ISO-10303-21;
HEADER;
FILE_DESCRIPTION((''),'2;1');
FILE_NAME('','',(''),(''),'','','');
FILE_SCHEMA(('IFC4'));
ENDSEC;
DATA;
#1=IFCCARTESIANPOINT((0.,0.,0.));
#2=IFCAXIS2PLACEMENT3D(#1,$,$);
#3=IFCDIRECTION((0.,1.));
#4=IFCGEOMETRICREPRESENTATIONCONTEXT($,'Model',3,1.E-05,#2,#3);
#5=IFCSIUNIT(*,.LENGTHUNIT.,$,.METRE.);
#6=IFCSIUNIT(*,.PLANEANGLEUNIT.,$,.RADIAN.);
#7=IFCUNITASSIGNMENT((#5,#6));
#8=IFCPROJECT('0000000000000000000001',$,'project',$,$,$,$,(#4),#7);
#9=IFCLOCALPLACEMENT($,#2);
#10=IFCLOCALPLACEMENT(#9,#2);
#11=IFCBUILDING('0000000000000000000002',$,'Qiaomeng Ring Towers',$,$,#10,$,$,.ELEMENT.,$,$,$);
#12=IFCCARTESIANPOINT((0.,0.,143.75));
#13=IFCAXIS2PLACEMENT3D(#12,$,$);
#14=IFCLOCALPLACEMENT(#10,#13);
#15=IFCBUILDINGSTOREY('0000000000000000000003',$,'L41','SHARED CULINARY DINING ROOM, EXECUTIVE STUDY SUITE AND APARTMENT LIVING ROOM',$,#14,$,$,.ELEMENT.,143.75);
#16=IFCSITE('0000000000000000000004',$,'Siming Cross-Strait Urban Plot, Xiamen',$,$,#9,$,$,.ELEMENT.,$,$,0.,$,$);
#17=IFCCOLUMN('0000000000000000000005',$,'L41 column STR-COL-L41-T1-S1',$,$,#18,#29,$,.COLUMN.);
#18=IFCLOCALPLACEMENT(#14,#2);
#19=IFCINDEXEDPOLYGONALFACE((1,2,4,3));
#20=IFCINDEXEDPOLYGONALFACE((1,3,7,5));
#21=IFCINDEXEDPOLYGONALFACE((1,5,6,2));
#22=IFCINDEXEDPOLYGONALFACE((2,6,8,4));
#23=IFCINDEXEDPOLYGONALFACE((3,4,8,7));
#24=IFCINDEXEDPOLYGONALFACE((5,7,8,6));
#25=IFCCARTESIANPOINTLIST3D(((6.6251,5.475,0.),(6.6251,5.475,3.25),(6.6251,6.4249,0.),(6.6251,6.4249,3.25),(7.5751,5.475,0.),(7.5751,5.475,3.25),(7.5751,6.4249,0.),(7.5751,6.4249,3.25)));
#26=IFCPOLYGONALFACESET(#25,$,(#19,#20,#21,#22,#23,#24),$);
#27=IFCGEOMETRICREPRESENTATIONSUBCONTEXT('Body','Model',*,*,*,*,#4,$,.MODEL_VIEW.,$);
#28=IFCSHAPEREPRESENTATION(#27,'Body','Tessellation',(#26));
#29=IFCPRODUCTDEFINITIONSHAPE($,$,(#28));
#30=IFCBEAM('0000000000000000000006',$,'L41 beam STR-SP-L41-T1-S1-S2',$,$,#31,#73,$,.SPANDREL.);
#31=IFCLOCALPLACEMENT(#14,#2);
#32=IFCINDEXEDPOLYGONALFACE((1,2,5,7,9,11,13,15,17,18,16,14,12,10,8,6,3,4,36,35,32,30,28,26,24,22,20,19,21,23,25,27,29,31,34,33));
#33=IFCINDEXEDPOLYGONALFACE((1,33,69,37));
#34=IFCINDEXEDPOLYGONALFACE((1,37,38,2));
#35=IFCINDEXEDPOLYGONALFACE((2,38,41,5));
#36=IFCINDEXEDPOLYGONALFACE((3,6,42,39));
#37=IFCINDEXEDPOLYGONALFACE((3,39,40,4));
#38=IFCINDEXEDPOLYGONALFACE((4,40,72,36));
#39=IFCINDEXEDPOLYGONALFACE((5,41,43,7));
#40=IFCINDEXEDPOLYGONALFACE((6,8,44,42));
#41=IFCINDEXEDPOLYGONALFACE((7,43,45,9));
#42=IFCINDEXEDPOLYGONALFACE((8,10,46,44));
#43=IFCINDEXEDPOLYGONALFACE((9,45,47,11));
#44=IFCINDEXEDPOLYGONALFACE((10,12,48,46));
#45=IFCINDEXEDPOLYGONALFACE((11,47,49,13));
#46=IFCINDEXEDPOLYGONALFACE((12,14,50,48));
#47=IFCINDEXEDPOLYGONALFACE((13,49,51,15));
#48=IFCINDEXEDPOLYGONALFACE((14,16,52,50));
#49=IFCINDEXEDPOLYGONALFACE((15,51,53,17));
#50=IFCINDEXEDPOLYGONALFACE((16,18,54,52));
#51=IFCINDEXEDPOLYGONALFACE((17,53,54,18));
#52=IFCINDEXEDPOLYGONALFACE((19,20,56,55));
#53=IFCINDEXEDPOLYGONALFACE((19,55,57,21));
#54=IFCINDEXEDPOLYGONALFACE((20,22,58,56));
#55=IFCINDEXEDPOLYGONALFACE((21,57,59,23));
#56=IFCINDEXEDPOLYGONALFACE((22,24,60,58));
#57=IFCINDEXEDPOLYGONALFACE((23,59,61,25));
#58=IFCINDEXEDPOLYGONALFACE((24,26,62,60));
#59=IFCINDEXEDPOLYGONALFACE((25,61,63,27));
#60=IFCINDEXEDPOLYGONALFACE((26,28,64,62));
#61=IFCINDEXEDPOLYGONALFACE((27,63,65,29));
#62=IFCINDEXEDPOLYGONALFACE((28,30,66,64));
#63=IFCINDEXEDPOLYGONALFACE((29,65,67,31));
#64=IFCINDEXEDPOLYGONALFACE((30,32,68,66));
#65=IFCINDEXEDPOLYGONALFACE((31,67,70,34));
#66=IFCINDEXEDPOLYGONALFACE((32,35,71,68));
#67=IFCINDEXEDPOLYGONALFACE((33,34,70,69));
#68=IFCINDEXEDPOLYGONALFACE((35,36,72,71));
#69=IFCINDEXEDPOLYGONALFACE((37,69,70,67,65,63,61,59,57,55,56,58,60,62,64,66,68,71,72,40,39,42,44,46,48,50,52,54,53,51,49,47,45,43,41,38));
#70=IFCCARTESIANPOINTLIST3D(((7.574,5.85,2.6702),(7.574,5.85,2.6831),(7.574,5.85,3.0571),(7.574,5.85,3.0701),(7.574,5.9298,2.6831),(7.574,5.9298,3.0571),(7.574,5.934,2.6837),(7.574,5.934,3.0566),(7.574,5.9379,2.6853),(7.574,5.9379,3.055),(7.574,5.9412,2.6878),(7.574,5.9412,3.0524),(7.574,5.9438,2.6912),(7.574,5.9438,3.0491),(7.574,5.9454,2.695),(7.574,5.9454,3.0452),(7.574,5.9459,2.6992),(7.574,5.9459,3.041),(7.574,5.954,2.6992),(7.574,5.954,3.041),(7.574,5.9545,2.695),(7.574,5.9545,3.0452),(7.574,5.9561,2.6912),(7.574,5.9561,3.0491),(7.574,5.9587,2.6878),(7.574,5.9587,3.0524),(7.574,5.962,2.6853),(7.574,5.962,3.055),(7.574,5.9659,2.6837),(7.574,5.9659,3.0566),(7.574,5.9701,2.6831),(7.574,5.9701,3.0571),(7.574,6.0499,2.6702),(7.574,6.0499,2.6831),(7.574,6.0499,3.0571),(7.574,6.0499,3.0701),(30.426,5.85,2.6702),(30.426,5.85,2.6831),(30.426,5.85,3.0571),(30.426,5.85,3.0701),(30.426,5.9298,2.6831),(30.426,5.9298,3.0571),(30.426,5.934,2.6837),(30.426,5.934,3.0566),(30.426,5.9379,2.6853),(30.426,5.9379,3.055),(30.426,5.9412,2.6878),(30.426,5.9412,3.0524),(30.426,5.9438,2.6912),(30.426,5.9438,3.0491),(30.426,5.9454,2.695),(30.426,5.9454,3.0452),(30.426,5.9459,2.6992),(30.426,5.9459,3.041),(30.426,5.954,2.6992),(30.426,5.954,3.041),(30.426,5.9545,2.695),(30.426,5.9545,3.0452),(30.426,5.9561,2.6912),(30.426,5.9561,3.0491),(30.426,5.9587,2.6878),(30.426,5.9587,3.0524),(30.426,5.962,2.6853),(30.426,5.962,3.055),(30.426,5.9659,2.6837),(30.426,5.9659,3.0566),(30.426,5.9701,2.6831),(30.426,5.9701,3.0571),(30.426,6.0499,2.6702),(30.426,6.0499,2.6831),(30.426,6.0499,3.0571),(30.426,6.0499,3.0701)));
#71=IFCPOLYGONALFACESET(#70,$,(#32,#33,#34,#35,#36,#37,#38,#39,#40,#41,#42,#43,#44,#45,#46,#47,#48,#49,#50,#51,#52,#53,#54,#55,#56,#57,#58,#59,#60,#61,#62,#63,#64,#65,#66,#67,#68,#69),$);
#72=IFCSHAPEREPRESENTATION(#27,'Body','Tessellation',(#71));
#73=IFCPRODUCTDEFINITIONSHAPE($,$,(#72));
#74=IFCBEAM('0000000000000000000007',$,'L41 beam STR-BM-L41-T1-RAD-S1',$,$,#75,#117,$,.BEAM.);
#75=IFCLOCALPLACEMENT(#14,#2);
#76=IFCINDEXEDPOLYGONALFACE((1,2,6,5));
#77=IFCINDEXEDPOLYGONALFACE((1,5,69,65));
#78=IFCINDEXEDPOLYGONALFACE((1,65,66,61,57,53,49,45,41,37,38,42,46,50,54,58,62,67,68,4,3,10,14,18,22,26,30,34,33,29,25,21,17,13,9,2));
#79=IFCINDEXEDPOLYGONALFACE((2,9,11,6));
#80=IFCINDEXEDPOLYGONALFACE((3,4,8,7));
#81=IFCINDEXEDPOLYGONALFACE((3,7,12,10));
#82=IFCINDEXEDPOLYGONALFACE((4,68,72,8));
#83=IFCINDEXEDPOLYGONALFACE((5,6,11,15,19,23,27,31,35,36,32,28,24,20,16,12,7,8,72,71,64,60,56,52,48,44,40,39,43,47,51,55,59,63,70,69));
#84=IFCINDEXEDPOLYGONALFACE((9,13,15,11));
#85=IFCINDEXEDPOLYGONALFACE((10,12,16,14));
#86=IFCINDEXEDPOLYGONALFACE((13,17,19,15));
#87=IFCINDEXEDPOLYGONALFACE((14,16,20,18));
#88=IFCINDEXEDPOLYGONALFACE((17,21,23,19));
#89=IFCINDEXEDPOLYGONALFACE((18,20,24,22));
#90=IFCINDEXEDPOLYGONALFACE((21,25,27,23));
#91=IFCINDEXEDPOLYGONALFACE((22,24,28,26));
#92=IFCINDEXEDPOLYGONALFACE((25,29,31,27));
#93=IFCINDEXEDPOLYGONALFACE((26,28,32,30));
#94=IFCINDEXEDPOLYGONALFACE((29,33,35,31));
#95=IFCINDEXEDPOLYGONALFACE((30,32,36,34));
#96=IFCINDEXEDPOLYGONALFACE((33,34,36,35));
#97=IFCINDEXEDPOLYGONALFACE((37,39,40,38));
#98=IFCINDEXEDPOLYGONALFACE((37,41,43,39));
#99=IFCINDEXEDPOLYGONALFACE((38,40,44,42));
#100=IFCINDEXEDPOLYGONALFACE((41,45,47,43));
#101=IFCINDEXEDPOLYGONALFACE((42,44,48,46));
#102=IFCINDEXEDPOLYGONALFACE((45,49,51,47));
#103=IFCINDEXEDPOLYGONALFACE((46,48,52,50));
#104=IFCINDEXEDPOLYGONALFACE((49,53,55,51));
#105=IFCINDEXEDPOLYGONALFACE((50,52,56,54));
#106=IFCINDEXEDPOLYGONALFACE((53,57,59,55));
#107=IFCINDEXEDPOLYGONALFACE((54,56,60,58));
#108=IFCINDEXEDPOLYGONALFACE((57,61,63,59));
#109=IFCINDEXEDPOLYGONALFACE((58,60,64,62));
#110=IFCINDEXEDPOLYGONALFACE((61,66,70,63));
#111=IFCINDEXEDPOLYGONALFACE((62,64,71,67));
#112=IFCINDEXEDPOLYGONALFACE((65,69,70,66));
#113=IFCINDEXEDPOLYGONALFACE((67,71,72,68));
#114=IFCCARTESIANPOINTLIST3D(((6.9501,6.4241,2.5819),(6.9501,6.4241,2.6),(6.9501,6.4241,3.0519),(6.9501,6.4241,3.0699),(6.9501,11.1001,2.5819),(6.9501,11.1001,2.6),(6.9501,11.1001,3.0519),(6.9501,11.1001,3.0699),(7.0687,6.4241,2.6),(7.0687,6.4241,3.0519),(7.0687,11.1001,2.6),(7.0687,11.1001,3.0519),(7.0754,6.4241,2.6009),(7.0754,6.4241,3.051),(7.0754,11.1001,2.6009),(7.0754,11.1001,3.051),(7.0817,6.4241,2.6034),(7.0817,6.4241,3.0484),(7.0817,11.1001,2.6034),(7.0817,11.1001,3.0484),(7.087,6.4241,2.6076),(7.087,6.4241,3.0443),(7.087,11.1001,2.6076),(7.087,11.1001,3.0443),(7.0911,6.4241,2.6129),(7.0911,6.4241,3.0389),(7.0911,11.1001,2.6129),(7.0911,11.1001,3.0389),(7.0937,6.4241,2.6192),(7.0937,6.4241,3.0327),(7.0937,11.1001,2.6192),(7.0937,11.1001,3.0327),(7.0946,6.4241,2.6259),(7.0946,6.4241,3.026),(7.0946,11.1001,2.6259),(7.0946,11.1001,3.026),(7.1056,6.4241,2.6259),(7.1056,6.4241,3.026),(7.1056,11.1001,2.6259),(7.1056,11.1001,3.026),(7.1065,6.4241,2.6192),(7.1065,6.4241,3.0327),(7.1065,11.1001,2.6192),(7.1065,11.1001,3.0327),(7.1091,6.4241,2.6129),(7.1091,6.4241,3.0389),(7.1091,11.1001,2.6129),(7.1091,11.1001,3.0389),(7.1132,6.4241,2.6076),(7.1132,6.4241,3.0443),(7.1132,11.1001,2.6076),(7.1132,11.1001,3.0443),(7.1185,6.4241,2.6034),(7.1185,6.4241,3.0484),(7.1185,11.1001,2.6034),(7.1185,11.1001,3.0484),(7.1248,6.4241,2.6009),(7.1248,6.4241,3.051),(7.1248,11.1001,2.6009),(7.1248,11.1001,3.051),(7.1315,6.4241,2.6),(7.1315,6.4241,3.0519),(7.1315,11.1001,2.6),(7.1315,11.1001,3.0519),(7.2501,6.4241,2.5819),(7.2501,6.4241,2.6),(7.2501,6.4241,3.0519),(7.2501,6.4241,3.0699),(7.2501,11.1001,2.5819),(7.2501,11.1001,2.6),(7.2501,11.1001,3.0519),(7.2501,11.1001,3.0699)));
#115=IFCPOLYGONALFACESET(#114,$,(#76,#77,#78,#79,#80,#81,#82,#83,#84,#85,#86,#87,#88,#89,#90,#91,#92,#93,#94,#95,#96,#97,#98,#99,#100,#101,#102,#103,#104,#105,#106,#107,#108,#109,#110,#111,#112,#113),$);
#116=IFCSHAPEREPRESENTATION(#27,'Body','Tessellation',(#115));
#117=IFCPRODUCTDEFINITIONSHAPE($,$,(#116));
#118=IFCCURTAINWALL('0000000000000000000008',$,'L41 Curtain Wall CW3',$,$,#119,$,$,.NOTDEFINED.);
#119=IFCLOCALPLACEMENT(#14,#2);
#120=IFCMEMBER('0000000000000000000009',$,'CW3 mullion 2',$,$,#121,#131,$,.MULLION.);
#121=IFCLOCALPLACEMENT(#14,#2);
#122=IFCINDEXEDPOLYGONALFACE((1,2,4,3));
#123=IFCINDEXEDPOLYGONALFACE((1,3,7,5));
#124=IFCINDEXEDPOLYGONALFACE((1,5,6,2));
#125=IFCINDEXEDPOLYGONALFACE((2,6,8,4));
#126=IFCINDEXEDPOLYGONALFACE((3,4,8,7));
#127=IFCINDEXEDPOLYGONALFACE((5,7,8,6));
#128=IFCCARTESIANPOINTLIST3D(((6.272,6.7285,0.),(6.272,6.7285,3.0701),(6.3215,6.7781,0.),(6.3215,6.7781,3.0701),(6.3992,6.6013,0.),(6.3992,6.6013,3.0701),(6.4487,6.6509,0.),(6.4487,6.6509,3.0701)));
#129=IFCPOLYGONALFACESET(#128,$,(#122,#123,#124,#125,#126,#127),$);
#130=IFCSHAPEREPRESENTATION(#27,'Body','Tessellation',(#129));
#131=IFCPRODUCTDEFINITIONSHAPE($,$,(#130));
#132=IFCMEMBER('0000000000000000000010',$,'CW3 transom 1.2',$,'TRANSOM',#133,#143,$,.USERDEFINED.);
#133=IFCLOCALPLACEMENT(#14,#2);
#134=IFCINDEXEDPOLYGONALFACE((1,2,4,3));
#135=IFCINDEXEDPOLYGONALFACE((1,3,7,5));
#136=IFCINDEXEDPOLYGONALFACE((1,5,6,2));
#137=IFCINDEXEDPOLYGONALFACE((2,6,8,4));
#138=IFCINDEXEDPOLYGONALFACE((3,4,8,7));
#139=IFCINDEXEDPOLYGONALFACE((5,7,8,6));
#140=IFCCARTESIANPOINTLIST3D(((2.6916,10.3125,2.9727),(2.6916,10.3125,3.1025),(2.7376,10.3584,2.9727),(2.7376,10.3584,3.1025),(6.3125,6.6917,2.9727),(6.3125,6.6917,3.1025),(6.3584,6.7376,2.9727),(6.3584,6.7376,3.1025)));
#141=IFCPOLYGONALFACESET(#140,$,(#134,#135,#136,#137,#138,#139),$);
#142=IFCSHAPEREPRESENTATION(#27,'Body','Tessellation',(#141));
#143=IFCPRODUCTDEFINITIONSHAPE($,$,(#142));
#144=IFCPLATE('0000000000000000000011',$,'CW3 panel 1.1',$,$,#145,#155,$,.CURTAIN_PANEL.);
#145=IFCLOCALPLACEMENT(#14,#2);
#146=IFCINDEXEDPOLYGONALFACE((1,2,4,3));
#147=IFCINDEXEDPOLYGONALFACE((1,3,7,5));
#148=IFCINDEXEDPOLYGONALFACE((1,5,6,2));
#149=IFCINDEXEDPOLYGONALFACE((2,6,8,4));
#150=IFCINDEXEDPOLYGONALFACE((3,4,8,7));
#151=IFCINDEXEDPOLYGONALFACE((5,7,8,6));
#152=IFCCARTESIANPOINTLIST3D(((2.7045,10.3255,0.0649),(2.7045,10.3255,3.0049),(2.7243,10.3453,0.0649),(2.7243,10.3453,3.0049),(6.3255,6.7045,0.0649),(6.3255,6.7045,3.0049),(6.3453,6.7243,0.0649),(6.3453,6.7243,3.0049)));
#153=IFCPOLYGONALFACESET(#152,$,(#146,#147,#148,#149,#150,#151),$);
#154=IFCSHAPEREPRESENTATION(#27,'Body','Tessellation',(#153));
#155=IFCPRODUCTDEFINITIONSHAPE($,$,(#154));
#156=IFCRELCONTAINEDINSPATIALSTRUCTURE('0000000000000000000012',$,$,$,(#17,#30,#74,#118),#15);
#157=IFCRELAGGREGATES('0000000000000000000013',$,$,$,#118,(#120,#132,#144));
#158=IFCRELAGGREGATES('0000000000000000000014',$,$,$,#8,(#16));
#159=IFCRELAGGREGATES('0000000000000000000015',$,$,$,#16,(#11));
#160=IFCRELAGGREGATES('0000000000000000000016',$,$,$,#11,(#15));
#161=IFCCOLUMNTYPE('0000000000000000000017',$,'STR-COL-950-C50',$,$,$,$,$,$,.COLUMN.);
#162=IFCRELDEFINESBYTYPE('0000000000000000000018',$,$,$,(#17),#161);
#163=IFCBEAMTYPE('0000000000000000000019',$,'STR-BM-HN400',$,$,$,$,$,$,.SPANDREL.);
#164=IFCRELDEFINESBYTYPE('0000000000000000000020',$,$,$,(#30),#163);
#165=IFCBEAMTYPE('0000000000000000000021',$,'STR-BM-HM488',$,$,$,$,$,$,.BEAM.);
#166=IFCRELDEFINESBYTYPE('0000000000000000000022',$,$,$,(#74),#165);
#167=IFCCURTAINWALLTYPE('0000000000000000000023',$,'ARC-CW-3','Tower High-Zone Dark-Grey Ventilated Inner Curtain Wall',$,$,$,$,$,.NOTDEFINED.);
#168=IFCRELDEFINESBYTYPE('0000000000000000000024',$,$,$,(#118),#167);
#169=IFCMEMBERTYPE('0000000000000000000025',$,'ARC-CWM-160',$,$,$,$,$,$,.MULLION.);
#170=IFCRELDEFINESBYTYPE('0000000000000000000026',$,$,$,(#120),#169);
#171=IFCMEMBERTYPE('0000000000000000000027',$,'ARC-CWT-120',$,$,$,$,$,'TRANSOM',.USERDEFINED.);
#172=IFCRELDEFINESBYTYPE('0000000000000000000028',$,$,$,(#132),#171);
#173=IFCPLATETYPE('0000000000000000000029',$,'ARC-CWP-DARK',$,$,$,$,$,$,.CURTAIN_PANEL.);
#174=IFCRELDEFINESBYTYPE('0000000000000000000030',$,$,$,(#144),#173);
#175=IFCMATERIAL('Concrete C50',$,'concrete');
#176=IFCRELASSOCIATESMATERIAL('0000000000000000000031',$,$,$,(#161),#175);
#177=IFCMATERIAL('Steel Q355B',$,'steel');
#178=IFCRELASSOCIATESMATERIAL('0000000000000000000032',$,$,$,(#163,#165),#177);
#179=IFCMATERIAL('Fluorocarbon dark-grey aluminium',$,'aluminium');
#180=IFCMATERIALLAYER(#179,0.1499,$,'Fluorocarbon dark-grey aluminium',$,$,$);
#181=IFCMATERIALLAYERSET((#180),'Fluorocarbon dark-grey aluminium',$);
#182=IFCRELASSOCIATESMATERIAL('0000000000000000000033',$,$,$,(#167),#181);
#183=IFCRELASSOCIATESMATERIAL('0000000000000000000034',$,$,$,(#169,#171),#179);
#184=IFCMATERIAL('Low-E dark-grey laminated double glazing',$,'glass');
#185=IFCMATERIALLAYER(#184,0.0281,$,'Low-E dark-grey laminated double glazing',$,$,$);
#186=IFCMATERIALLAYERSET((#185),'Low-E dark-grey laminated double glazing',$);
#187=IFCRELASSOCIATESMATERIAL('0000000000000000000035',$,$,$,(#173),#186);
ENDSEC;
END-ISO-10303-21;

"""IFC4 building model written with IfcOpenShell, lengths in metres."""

from ifc_helpers import new_model, si_unit, direction, frame, origin, origin_2d, place, context, subcontext, project, spatial, rectangle, i_section, extrude, source, transform, mapped, material, layer, layer_set, material_profile, profile_set, type_object, element, aggregate, save


model = new_model("IFC4")

# Units and contexts
model_context = context("Model", 3, precision=1e-05, world=origin(), true_north=direction((0.0, 1.0)))
body_context = subcontext(model_context, "Body", "Model", "MODEL_VIEW")
ifc_project = project(units=[si_unit("LENGTHUNIT", "METRE"), si_unit("PLANEANGLEUNIT", "RADIAN")], contexts=[model_context])

# Site, building, storey
site_placement = place(None, origin())
site = spatial("IfcSite", under=ifc_project, at=site_placement, Name="Siming Cross-Strait Urban Plot, Xiamen", CompositionType="ELEMENT", RefElevation=0.0)
building_placement = place(site_placement, origin())
building = spatial("IfcBuilding", under=site, at=building_placement, Name="Qiaomeng Ring Towers", CompositionType="ELEMENT")
storey_placement = place(building_placement, frame((0.0, 0.0, 143.75)))
storey = spatial("IfcBuildingStorey", under=building, at=storey_placement, Name="L41", Description="SHARED CULINARY DINING ROOM, EXECUTIVE STUDY SUITE AND APARTMENT LIVING ROOM", CompositionType="ELEMENT", Elevation=143.75)

# Column
ifc_material_1 = material(Name="Concrete C50", Category="concrete")
ifc_material_profile_1 = material_profile(ifc_material_1, rectangle(XDim=0.95, YDim=0.95, at=origin_2d()), Name="RC COL 950x950")
ifc_profile_set_1 = profile_set([ifc_material_profile_1], Name="Concrete C50")
column_type = type_object("IfcColumnType", Name="STR-COL-950-C50", PredefinedType="COLUMN", material=ifc_profile_set_1)
shared_shape_1 = source(origin(), body_context, "Body", "SweptSolid", [
    extrude(rectangle(XDim=0.95, YDim=0.95, at=origin_2d()), origin(), (0.0, 0.0, 1.0), 3.25),
])
column_placement = place(storey_placement, frame((7.1001, 5.95, 0.0), z_axis=(0.0, 0.0, 1.0), x_axis=(1.0, 0.0, 0.0)))
element("IfcColumn", 1, at=column_placement, inside=storey, type_object=column_type, Name="L41 column STR-COL-L41-T1-S1", PredefinedType="COLUMN", context=body_context, shape_type="MappedRepresentation", body=[
    mapped(shared_shape_1, transform((0.0, 0.0, 0.0), x_axis=(1.0, 0.0, 0.0), y_axis=(0.0, 1.0, 0.0), z_axis=(0.0, 0.0, 1.0), scale=1.0)),
])

# Beams
ifc_material_2 = material(Name="Steel Q355B", Category="steel")
ifc_material_profile_2 = material_profile(ifc_material_2, i_section(OverallWidth=0.2, OverallDepth=0.3999, WebThickness=0.0081, FlangeThickness=0.0129, FilletRadius=0.0161, at=origin_2d()), Name="HN 400x200x8x13")
ifc_profile_set_2 = profile_set([ifc_material_profile_2], Name="Steel Q355B")
beam_type_1 = type_object("IfcBeamType", Name="STR-BM-HN400", PredefinedType="SPANDREL", material=ifc_profile_set_2)
shared_shape_2 = source(origin(), body_context, "Body", "SweptSolid", [
    extrude(i_section(OverallWidth=0.2, OverallDepth=0.3999, WebThickness=0.0081, FlangeThickness=0.0129, FilletRadius=0.0161, at=origin_2d()), origin(), (0.0, 0.0, 1.0), 22.8521),
])
beam_1_placement = place(storey_placement, frame((7.574, 5.95, 2.8701), z_axis=(1.0, 0.0, 0.0), x_axis=(0.0, 1.0, 0.0)))
element("IfcBeam", 2, at=beam_1_placement, inside=storey, type_object=beam_type_1, Name="L41 beam STR-SP-L41-T1-S1-S2", PredefinedType="SPANDREL", context=body_context, shape_type="MappedRepresentation", body=[
    mapped(shared_shape_2, transform((0.0, 0.0, 0.0), x_axis=(1.0, 0.0, 0.0), y_axis=(0.0, 1.0, 0.0), z_axis=(0.0, 0.0, 1.0), scale=1.0)),
])
ifc_material_profile_3 = material_profile(ifc_material_2, i_section(OverallWidth=0.3, OverallDepth=0.488, WebThickness=0.011, FlangeThickness=0.0181, FilletRadius=0.0259, at=origin_2d()), Name="HM 488x300x11x18")
ifc_profile_set_3 = profile_set([ifc_material_profile_3], Name="Steel Q355B")
beam_type_2 = type_object("IfcBeamType", Name="STR-BM-HM488", PredefinedType="BEAM", material=ifc_profile_set_3)
shared_shape_3 = source(origin(), body_context, "Body", "SweptSolid", [
    extrude(i_section(OverallWidth=0.3, OverallDepth=0.488, WebThickness=0.011, FlangeThickness=0.0181, FilletRadius=0.0259, at=origin_2d()), origin(), (0.0, 0.0, 1.0), 4.676),
])
beam_2_placement = place(storey_placement, frame((7.1001, 6.4241, 2.8259), z_axis=(0.0, 1.0, 0.0), x_axis=(-1.0, 0.0, 0.0)))
element("IfcBeam", 3, at=beam_2_placement, inside=storey, type_object=beam_type_2, Name="L41 beam STR-BM-L41-T1-RAD-S1", PredefinedType="BEAM", context=body_context, shape_type="MappedRepresentation", body=[
    mapped(shared_shape_3, transform((0.0, 0.0, 0.0), x_axis=(1.0, 0.0, 0.0), y_axis=(0.0, 1.0, 0.0), z_axis=(0.0, 0.0, 1.0), scale=1.0)),
])

# Curtain wall, members, plate
ifc_material_3 = material(Name="Fluorocarbon dark-grey aluminium", Category="aluminium")
ifc_layer_1 = layer(ifc_material_3, 0.1499, Name="Fluorocarbon dark-grey aluminium")
ifc_layer_set_1 = layer_set([ifc_layer_1], Name="Fluorocarbon dark-grey aluminium")
curtain_wall_type = type_object("IfcCurtainWallType", Name="ARC-CW-3", Description="Tower High-Zone Dark-Grey Ventilated Inner Curtain Wall", PredefinedType="NOTDEFINED", material=ifc_layer_set_1)
curtain_wall_placement = place(storey_placement, origin())
curtain_wall = element("IfcCurtainWall", 4, at=curtain_wall_placement, inside=storey, type_object=curtain_wall_type, Name="L41 Curtain Wall CW3", PredefinedType="NOTDEFINED")
ifc_material_profile_4 = material_profile(ifc_material_3, rectangle(XDim=0.0701, YDim=0.1799, at=origin_2d()), Name="ALU MULL 70x180")
ifc_profile_set_4 = profile_set([ifc_material_profile_4], Name="Fluorocarbon dark-grey aluminium")
member_type_1 = type_object("IfcMemberType", Name="ARC-CWM-160", PredefinedType="MULLION", material=ifc_profile_set_4)
shared_shape_4 = source(origin(), body_context, "Body", "SweptSolid", [
    extrude(rectangle(XDim=0.0701, YDim=0.1799, at=origin_2d()), origin(), (0.0, 0.0, 1.0), 3.0701),
])
member_1_placement = place(storey_placement, frame((6.3604, 6.6897, 0.0), z_axis=(0.0, 0.0, 1.0), x_axis=(0.707107, 0.707107, 0.0)))
member_1 = element("IfcMember", 5, at=member_1_placement, type_object=member_type_1, Name="CW3 mullion 2", PredefinedType="MULLION", context=body_context, shape_type="MappedRepresentation", body=[
    mapped(shared_shape_4, transform((0.0, 0.0, 0.0), x_axis=(1.0, 0.0, 0.0), y_axis=(0.0, 1.0, 0.0), z_axis=(0.0, 0.0, 1.0), scale=1.0)),
])
ifc_material_profile_5 = material_profile(ifc_material_3, rectangle(XDim=0.0649, YDim=0.1299, at=origin_2d()), Name="ALU TRAN 65x130")
ifc_profile_set_5 = profile_set([ifc_material_profile_5], Name="Fluorocarbon dark-grey aluminium")
member_type_2 = type_object("IfcMemberType", Name="ARC-CWT-120", ElementType="TRANSOM", PredefinedType="USERDEFINED", material=ifc_profile_set_5)
shared_shape_5 = source(origin(), body_context, "Body", "SweptSolid", [
    extrude(rectangle(XDim=0.0649, YDim=0.1299, at=origin_2d()), origin(), (0.0, 0.0, 1.0), 5.1206),
])
member_2_placement = place(storey_placement, frame((2.7146, 10.3354, 3.0376), z_axis=(0.707107, -0.707107, 0.0), x_axis=(0.707107, 0.707107, 0.0)))
member_2 = element("IfcMember", 6, at=member_2_placement, type_object=member_type_2, Name="CW3 transom 1.2", ObjectType="TRANSOM", PredefinedType="USERDEFINED", context=body_context, shape_type="MappedRepresentation", body=[
    mapped(shared_shape_5, transform((0.0, 0.0, 0.0), x_axis=(1.0, 0.0, 0.0), y_axis=(0.0, 1.0, 0.0), z_axis=(0.0, 0.0, 1.0), scale=1.0)),
])
ifc_material_4 = material(Name="Low-E dark-grey laminated double glazing", Category="glass")
ifc_layer_2 = layer(ifc_material_4, 0.0281, Name="Low-E dark-grey laminated double glazing")
ifc_layer_set_2 = layer_set([ifc_layer_2], Name="Low-E dark-grey laminated double glazing")
plate_type = type_object("IfcPlateType", Name="ARC-CWP-DARK", PredefinedType="CURTAIN_PANEL", material=ifc_layer_set_2)
shared_shape_6 = source(origin(), body_context, "Body", "SweptSolid", [
    extrude(rectangle(XDim=5.1208, YDim=0.0281, at=origin_2d()), origin(), (0.0, 0.0, 1.0), 2.9399),
])
plate_placement = place(storey_placement, frame((4.5249, 8.5249, 0.0649), z_axis=(0.0, 0.0, 1.0), x_axis=(0.707107, -0.707107, 0.0)))
plate = element("IfcPlate", 7, at=plate_placement, type_object=plate_type, Name="CW3 panel 1.1", PredefinedType="CURTAIN_PANEL", context=body_context, shape_type="MappedRepresentation", body=[
    mapped(shared_shape_6, transform((0.0, 0.0, 0.0), x_axis=(1.0, 0.0, 0.0), y_axis=(0.0, 1.0, 0.0), z_axis=(0.0, 0.0, 1.0), scale=1.0)),
])
aggregate(curtain_wall, [member_1, member_2, plate])

save(model, "model.ifc")
